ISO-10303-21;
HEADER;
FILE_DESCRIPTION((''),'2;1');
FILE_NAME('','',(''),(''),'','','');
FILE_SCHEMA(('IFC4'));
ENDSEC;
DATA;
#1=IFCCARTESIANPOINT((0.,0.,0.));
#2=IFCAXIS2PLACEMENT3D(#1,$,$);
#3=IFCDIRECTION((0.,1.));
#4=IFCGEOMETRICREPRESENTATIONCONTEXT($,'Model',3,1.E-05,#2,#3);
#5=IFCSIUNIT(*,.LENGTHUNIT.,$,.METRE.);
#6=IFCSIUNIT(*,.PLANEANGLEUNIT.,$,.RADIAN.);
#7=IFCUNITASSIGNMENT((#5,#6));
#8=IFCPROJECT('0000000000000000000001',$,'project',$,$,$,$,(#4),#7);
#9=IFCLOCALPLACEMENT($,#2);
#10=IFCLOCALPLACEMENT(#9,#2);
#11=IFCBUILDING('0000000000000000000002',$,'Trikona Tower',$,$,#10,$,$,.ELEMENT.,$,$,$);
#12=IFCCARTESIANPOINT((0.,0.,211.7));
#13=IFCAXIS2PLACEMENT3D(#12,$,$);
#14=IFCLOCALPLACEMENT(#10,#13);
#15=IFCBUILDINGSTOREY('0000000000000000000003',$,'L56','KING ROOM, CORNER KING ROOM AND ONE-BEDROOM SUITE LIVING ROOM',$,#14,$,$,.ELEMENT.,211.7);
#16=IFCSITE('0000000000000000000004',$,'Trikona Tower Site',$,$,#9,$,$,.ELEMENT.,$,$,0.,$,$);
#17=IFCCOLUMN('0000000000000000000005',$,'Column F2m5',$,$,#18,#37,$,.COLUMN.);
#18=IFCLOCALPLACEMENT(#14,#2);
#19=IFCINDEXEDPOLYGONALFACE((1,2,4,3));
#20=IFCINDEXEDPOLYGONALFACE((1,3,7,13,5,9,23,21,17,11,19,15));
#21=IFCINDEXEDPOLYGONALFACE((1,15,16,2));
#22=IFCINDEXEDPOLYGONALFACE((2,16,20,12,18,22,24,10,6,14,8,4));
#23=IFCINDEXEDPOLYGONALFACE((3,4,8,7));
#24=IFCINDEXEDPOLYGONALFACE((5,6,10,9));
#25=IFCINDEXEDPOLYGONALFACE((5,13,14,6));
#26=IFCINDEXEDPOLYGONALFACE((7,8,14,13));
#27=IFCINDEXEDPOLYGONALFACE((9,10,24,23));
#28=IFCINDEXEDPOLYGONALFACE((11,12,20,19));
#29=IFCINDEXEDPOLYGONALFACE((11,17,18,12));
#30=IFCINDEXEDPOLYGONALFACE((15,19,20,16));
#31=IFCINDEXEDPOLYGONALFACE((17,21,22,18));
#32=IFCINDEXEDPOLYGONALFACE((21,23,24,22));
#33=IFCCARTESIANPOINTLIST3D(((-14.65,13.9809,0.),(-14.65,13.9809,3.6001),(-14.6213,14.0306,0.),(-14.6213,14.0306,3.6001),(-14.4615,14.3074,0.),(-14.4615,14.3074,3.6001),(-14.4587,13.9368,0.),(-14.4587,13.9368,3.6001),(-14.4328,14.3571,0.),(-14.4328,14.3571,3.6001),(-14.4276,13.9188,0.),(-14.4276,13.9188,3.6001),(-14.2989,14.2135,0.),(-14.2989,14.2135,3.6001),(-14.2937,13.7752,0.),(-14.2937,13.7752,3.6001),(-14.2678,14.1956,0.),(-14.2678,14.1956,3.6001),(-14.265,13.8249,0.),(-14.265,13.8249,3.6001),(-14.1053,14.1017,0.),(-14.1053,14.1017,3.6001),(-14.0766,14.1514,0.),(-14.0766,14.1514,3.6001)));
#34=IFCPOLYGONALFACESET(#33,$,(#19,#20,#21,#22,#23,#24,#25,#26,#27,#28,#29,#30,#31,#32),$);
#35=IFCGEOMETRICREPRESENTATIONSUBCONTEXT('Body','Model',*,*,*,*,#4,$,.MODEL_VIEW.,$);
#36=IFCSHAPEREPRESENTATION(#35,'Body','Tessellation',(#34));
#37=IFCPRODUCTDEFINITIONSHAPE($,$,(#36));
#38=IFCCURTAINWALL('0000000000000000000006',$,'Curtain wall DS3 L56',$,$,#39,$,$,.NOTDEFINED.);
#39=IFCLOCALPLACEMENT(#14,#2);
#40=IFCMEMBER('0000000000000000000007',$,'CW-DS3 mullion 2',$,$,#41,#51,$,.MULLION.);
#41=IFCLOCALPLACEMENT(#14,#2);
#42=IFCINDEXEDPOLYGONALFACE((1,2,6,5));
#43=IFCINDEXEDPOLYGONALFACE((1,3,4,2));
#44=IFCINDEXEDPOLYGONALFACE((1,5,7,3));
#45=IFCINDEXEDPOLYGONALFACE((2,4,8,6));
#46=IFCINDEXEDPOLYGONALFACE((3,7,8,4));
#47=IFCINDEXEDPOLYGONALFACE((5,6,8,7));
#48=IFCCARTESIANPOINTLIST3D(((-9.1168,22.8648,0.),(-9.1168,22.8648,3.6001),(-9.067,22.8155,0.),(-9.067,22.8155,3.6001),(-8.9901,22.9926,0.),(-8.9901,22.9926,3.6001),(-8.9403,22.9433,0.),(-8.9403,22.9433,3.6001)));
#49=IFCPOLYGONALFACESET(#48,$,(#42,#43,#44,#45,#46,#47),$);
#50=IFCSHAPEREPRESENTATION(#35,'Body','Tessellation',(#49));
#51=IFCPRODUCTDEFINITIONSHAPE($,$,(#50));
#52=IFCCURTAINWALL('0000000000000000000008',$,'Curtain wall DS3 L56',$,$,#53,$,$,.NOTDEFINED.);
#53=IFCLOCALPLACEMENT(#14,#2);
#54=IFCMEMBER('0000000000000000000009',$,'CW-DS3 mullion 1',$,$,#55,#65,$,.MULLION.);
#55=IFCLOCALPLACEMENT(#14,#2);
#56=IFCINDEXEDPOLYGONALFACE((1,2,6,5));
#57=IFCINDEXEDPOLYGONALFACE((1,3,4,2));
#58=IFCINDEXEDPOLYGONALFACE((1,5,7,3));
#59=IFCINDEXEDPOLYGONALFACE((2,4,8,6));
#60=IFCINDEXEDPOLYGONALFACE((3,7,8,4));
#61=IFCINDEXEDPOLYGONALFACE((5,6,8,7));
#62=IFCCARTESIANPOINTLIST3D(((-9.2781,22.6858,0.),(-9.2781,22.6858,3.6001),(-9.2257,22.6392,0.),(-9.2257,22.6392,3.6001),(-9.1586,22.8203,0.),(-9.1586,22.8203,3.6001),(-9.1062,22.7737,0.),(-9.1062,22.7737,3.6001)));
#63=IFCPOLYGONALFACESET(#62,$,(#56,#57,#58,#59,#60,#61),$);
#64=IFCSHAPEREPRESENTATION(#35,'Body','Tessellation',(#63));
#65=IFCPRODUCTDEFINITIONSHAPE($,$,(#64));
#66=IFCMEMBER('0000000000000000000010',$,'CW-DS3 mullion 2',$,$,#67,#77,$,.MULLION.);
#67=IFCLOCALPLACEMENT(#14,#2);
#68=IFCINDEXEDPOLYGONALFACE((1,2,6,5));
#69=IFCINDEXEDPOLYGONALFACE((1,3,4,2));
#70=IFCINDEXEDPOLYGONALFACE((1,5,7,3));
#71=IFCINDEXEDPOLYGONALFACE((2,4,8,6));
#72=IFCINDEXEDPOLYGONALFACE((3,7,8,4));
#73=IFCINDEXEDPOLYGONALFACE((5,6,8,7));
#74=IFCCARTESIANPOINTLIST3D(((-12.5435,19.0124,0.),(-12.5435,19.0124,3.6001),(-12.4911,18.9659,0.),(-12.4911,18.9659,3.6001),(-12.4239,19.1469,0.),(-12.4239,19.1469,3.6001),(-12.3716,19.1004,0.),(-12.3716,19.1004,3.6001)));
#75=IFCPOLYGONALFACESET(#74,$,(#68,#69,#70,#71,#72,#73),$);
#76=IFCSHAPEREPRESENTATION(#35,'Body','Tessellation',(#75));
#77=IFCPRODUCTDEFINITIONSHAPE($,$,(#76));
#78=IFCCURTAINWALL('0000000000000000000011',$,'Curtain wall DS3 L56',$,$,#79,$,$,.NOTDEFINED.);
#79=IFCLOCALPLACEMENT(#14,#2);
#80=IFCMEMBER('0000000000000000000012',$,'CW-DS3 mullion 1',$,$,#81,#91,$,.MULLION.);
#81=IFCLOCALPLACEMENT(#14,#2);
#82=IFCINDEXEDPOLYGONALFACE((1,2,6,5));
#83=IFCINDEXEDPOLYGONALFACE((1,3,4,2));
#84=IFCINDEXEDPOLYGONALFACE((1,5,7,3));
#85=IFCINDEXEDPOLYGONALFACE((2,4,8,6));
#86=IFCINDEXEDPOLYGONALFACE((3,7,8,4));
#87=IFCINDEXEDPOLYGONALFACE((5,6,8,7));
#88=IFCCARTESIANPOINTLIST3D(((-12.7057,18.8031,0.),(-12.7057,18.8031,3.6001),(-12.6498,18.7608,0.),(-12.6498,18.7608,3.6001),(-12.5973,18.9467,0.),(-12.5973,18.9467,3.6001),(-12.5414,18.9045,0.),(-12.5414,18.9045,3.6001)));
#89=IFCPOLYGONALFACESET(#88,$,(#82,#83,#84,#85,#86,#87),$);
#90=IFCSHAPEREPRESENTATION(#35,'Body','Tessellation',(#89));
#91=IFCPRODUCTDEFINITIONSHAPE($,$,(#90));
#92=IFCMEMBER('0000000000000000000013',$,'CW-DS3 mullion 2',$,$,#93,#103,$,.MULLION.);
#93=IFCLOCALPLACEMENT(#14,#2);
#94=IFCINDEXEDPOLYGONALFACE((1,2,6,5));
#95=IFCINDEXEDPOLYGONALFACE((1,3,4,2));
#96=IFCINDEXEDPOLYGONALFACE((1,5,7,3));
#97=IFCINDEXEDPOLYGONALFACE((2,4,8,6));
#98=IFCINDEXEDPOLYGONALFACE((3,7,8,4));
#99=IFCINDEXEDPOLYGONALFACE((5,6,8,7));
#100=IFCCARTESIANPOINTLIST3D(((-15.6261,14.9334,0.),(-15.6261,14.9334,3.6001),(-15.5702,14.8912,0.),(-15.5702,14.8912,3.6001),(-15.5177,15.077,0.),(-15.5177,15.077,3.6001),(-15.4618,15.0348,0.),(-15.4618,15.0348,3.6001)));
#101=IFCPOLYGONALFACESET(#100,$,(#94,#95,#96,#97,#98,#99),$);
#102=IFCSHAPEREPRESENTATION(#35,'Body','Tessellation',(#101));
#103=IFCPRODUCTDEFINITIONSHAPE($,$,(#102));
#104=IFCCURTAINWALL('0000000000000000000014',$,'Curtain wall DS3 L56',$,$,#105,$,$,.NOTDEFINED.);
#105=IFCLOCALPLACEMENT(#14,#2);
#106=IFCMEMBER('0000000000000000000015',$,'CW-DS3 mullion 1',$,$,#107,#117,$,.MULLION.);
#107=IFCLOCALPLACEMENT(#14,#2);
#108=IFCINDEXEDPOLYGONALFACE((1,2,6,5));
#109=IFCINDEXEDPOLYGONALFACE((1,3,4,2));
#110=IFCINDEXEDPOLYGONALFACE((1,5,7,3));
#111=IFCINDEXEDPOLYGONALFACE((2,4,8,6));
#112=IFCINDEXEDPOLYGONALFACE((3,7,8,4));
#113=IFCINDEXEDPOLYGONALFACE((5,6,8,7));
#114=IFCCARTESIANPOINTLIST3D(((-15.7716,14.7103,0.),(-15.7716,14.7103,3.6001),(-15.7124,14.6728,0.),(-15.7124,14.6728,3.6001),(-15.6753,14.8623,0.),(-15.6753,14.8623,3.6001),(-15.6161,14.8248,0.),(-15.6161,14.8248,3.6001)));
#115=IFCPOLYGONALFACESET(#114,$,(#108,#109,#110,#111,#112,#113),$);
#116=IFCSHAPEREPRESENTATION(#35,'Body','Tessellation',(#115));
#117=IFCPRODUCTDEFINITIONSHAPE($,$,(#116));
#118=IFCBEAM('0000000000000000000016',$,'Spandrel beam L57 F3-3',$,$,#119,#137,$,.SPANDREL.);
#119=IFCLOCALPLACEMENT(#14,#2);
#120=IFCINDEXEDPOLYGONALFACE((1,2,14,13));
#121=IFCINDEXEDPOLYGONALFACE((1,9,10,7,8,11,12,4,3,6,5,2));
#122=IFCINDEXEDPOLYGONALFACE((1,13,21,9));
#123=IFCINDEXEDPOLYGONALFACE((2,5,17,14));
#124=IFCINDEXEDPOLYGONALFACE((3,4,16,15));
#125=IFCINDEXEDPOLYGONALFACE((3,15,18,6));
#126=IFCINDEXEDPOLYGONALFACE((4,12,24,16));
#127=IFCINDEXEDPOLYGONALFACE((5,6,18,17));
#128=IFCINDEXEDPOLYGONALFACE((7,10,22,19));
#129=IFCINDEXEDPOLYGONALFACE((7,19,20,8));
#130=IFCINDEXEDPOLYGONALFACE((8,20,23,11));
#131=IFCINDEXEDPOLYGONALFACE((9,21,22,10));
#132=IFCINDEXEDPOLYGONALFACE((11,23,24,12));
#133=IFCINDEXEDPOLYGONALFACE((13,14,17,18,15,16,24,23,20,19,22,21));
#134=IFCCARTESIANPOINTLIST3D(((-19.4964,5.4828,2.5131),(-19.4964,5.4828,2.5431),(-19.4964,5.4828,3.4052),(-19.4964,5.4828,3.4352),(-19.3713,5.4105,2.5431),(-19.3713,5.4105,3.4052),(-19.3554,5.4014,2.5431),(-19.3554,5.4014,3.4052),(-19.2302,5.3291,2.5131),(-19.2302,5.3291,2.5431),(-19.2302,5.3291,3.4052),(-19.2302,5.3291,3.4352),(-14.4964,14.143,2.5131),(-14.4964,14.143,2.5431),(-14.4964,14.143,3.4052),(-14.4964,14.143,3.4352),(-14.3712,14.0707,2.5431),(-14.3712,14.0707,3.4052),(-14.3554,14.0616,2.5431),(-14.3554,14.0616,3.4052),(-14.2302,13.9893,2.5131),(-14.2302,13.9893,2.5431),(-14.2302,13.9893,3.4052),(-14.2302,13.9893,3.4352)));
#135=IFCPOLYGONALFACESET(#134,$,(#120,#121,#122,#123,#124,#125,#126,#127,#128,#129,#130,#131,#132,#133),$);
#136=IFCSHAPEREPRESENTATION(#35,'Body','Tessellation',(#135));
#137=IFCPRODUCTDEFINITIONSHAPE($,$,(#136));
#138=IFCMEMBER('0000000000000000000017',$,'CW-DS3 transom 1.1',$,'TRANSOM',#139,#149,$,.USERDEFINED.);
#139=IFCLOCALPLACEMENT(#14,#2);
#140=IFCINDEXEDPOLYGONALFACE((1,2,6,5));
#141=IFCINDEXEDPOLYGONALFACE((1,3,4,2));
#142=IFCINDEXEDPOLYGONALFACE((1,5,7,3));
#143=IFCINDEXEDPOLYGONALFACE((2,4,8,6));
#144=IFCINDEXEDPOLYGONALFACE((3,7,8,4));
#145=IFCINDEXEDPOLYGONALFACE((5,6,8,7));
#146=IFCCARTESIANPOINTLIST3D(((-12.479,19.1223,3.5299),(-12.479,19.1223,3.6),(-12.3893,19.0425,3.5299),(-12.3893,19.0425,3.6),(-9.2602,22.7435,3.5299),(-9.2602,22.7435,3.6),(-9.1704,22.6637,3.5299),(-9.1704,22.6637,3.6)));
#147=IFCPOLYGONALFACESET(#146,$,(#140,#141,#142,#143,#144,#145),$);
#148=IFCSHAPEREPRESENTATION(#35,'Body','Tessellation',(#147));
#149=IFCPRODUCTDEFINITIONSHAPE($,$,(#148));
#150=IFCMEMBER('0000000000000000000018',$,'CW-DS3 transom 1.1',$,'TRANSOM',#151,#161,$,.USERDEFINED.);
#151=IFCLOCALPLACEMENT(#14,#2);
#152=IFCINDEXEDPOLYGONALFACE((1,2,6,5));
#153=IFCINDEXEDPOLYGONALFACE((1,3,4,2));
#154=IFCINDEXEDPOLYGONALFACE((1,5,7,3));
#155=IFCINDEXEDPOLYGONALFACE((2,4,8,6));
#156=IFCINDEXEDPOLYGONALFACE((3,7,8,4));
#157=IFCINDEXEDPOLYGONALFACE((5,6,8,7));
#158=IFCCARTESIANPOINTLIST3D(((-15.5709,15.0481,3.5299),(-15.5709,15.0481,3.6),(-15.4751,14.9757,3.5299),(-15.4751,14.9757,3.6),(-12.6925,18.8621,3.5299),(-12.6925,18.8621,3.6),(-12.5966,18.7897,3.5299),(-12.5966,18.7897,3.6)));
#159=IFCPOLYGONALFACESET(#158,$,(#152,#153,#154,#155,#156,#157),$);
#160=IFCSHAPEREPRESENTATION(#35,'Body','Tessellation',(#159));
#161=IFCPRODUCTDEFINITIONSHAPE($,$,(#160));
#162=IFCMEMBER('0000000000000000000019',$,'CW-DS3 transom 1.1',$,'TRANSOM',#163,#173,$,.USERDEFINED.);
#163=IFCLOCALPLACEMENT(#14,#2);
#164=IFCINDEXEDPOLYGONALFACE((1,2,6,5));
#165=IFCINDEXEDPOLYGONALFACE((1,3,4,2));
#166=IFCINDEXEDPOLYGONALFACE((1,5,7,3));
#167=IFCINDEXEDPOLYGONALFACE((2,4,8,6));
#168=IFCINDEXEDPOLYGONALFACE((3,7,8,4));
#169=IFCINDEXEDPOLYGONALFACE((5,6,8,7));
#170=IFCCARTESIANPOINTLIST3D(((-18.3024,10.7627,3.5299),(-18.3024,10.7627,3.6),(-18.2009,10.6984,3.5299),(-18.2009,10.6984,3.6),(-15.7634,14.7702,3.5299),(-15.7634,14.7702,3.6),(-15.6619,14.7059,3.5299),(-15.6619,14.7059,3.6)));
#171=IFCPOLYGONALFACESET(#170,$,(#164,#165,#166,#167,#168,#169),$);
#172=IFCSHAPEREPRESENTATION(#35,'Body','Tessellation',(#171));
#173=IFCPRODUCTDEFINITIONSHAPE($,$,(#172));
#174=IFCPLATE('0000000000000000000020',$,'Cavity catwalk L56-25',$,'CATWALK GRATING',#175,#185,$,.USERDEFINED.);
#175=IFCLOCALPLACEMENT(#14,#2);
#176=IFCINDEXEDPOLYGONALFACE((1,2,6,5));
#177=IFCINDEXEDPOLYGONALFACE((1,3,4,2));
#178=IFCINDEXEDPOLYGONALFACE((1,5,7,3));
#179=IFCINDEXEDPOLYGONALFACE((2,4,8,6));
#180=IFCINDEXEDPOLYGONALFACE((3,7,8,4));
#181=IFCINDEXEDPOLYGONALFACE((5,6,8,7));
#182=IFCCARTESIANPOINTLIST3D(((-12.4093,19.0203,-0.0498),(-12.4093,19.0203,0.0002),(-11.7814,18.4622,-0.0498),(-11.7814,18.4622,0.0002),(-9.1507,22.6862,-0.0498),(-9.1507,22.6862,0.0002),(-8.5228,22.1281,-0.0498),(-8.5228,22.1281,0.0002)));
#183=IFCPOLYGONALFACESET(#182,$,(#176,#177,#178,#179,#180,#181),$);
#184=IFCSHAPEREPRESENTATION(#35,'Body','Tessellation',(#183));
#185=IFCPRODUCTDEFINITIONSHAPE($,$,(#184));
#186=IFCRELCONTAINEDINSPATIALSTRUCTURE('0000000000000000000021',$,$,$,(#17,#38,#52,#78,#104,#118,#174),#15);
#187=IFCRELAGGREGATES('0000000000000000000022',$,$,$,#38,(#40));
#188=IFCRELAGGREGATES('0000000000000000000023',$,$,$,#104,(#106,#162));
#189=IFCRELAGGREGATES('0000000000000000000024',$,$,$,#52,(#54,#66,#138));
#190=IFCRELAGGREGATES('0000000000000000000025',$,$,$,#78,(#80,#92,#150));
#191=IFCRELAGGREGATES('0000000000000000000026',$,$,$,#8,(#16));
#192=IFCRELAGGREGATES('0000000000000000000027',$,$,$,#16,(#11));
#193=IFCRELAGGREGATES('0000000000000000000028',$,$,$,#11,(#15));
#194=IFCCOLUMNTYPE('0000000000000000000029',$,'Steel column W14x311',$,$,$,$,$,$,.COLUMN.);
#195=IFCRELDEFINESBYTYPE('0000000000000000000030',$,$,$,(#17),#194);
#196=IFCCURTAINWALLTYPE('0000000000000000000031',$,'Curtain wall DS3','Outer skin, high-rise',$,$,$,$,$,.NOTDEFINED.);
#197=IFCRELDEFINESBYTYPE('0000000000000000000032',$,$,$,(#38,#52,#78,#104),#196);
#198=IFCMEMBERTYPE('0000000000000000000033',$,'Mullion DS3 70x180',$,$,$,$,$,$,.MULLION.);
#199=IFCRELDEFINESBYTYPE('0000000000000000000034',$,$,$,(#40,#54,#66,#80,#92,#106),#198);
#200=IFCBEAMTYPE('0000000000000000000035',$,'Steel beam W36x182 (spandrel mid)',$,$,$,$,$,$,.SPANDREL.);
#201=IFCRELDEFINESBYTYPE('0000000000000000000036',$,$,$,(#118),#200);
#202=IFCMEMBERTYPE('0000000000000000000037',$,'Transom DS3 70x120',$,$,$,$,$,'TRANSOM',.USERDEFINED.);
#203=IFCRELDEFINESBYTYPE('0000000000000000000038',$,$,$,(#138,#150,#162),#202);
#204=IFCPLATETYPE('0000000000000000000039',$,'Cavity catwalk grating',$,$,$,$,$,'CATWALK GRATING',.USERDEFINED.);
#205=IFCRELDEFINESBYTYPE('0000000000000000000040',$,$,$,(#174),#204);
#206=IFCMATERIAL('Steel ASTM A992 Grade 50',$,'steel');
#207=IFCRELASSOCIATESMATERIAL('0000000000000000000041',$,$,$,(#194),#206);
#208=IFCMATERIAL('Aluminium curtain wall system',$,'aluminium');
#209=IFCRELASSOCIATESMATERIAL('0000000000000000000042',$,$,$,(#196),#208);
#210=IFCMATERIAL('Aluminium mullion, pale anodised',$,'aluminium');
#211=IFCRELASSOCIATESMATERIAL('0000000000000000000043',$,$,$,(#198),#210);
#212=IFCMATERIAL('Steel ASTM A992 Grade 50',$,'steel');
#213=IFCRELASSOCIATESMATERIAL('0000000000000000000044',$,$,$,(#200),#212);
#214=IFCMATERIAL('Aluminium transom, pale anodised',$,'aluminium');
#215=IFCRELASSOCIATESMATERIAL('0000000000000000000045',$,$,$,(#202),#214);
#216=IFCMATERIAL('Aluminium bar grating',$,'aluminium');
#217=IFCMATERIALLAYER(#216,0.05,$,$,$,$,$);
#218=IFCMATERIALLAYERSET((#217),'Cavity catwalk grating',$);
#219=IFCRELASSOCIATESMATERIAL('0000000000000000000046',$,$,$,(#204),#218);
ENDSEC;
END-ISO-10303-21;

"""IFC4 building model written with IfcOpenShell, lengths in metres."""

from ifc_helpers import new_model, si_unit, direction, frame, origin, origin_2d, place, context, subcontext, project, spatial, rectangle, i_section, extrude, material, layer, layer_set, material_profile, profile_set, type_object, element, aggregate, save


model = new_model("IFC4")

# Units and contexts
model_context = context("Model", 3, precision=1e-05, world=origin(), true_north=direction((0.0, 1.0)))
body_context = subcontext(model_context, "Body", "Model", "MODEL_VIEW")
ifc_project = project(units=[si_unit("LENGTHUNIT", "METRE"), si_unit("PLANEANGLEUNIT", "RADIAN")], contexts=[model_context])

# Site, building, storey
site_placement = place(None, origin())
site = spatial("IfcSite", under=ifc_project, at=site_placement, Name="Trikona Tower Site", CompositionType="ELEMENT", RefElevation=0.0)
building_placement = place(site_placement, origin())
building = spatial("IfcBuilding", under=site, at=building_placement, Name="Trikona Tower", CompositionType="ELEMENT")
storey_placement = place(building_placement, frame((0.0, 0.0, 211.7)))
storey = spatial("IfcBuildingStorey", under=building, at=storey_placement, Name="L56", Description="KING ROOM, CORNER KING ROOM AND ONE-BEDROOM SUITE LIVING ROOM", CompositionType="ELEMENT", Elevation=211.7)

# Column
ifc_material_1 = material(Name="Steel ASTM A992 Grade 50", Category="steel")
ifc_material_profile_1 = material_profile(ifc_material_1, i_section(OverallWidth=0.4114, OverallDepth=0.4343, WebThickness=0.0359, FlangeThickness=0.0574, at=origin_2d()), Name="W14X311")
ifc_profile_set_1 = profile_set([ifc_material_profile_1], Name="Steel ASTM A992 Grade 50")
column_type = type_object("IfcColumnType", Name="Steel column W14x311", PredefinedType="COLUMN", material=ifc_profile_set_1)
column_placement = place(storey_placement, frame((-14.3633, 14.0662, 0.0), z_axis=(0.0, 0.0, 1.0), x_axis=(-0.866025, 0.5, 0.0)))
element("IfcColumn", 1, at=column_placement, inside=storey, type_object=column_type, Name="Column F2m5", PredefinedType="COLUMN", context=body_context, shape_type="SweptSolid", body=[
    extrude(i_section(OverallWidth=0.4114, OverallDepth=0.4343, WebThickness=0.0359, FlangeThickness=0.0574, at=origin_2d()), origin(), (0.0, 0.0, 1.0), 3.6001),
])

# Curtain wall, member
ifc_material_2 = material(Name="Aluminium curtain wall system", Category="aluminium")
curtain_wall_type = type_object("IfcCurtainWallType", Name="Curtain wall DS3", Description="Outer skin, high-rise", PredefinedType="NOTDEFINED", material=ifc_material_2)
curtain_wall_1_placement = place(storey_placement, origin())
curtain_wall_1 = element("IfcCurtainWall", 2, at=curtain_wall_1_placement, inside=storey, type_object=curtain_wall_type, Name="Curtain wall DS3 L56", PredefinedType="NOTDEFINED")
ifc_material_3 = material(Name="Aluminium mullion, pale anodised", Category="aluminium")
ifc_material_profile_2 = material_profile(ifc_material_3, rectangle(XDim=0.0701, YDim=0.1799, at=origin_2d()), Name="MUL-DS3")
ifc_profile_set_2 = profile_set([ifc_material_profile_2], Name="Aluminium mullion, pale anodised")
member_type_1 = type_object("IfcMemberType", Name="Mullion DS3 70x180", PredefinedType="MULLION", material=ifc_profile_set_2)
member_1_placement = place(storey_placement, frame((-9.0286, 22.9041, 0.0), z_axis=(0.0, 0.0, 1.0), x_axis=(0.710052, -0.704149, 0.0)))
member_1 = element("IfcMember", 3, at=member_1_placement, type_object=member_type_1, Name="CW-DS3 mullion 2", PredefinedType="MULLION", context=body_context, shape_type="SweptSolid", body=[
    extrude(rectangle(XDim=0.0701, YDim=0.1799, at=origin_2d()), origin(), (0.0, 0.0, 1.0), 3.6001),
])
aggregate(curtain_wall_1, [member_1])

# Curtain walls, members
curtain_wall_2_placement = place(storey_placement, origin())
curtain_wall_2 = element("IfcCurtainWall", 4, at=curtain_wall_2_placement, inside=storey, type_object=curtain_wall_type, Name="Curtain wall DS3 L56", PredefinedType="NOTDEFINED")
member_2_placement = place(storey_placement, frame((-9.1921, 22.7297, 0.0), z_axis=(0.0, 0.0, 1.0), x_axis=(0.747403, -0.664371, 0.0)))
member_2 = element("IfcMember", 5, at=member_2_placement, type_object=member_type_1, Name="CW-DS3 mullion 1", PredefinedType="MULLION", context=body_context, shape_type="SweptSolid", body=[
    extrude(rectangle(XDim=0.0701, YDim=0.1799, at=origin_2d()), origin(), (0.0, 0.0, 1.0), 3.6001),
])
member_3_placement = place(storey_placement, frame((-12.4575, 19.0564, 0.0), z_axis=(0.0, 0.0, 1.0), x_axis=(0.747403, -0.664371, 0.0)))
member_3 = element("IfcMember", 6, at=member_3_placement, type_object=member_type_1, Name="CW-DS3 mullion 2", PredefinedType="MULLION", context=body_context, shape_type="SweptSolid", body=[
    extrude(rectangle(XDim=0.0701, YDim=0.1799, at=origin_2d()), origin(), (0.0, 0.0, 1.0), 3.6001),
])
curtain_wall_3_placement = place(storey_placement, origin())
curtain_wall_3 = element("IfcCurtainWall", 7, at=curtain_wall_3_placement, inside=storey, type_object=curtain_wall_type, Name="Curtain wall DS3 L56", PredefinedType="NOTDEFINED")
member_4_placement = place(storey_placement, frame((-12.6235, 18.8538, 0.0), z_axis=(0.0, 0.0, 1.0), x_axis=(0.798193, -0.602402, 0.0)))
member_4 = element("IfcMember", 8, at=member_4_placement, type_object=member_type_1, Name="CW-DS3 mullion 1", PredefinedType="MULLION", context=body_context, shape_type="SweptSolid", body=[
    extrude(rectangle(XDim=0.0701, YDim=0.1799, at=origin_2d()), origin(), (0.0, 0.0, 1.0), 3.6001),
])
member_5_placement = place(storey_placement, frame((-15.5439, 14.9841, 0.0), z_axis=(0.0, 0.0, 1.0), x_axis=(0.798193, -0.602402, 0.0)))
member_5 = element("IfcMember", 9, at=member_5_placement, type_object=member_type_1, Name="CW-DS3 mullion 2", PredefinedType="MULLION", context=body_context, shape_type="SweptSolid", body=[
    extrude(rectangle(XDim=0.0701, YDim=0.1799, at=origin_2d()), origin(), (0.0, 0.0, 1.0), 3.6001),
])

# Curtain wall, member
curtain_wall_4_placement = place(storey_placement, origin())
curtain_wall_4 = element("IfcCurtainWall", 10, at=curtain_wall_4_placement, inside=storey, type_object=curtain_wall_type, Name="Curtain wall DS3 L56", PredefinedType="NOTDEFINED")
member_6_placement = place(storey_placement, frame((-15.6938, 14.7676, 0.0), z_axis=(0.0, 0.0, 1.0), x_axis=(0.844727, -0.535197, 0.0)))
member_6 = element("IfcMember", 11, at=member_6_placement, type_object=member_type_1, Name="CW-DS3 mullion 1", PredefinedType="MULLION", context=body_context, shape_type="SweptSolid", body=[
    extrude(rectangle(XDim=0.0701, YDim=0.1799, at=origin_2d()), origin(), (0.0, 0.0, 1.0), 3.6001),
])

# Beam
ifc_material_4 = material(Name="Steel ASTM A992 Grade 50", Category="steel")
ifc_material_profile_3 = material_profile(ifc_material_4, i_section(OverallWidth=0.3074, OverallDepth=0.9221, WebThickness=0.0183, FlangeThickness=0.03, at=origin_2d()), Name="W36X182")
ifc_profile_set_3 = profile_set([ifc_material_profile_3], Name="Steel ASTM A992 Grade 50")
beam_type = type_object("IfcBeamType", Name="Steel beam W36x182 (spandrel mid)", PredefinedType="SPANDREL", material=ifc_profile_set_3)
beam_placement = place(storey_placement, frame((-14.3633, 14.0662, 2.9741), z_axis=(-0.500004, -0.866023, 0.0), x_axis=(0.866023, -0.500004, 0.0)))
element("IfcBeam", 12, at=beam_placement, inside=storey, type_object=beam_type, Name="Spandrel beam L57 F3-3", PredefinedType="SPANDREL", context=body_context, shape_type="SweptSolid", body=[
    extrude(i_section(OverallWidth=0.3074, OverallDepth=0.9221, WebThickness=0.0183, FlangeThickness=0.03, at=origin_2d()), origin(), (0.0, 0.0, 1.0), 10.0),
])

# Members
ifc_material_5 = material(Name="Aluminium transom, pale anodised", Category="aluminium")
ifc_material_profile_4 = material_profile(ifc_material_5, rectangle(XDim=0.1201, YDim=0.0701, at=origin_2d()), Name="TRN-DS3")
ifc_profile_set_4 = profile_set([ifc_material_profile_4], Name="Aluminium transom, pale anodised")
member_type_2 = type_object("IfcMemberType", Name="Transom DS3 70x120", ElementType="TRANSOM", PredefinedType="USERDEFINED", material=ifc_profile_set_4)
member_7_placement = place(storey_placement, frame((-9.2153, 22.7036, 3.5649), z_axis=(-0.664364, -0.747409, 0.0), x_axis=(0.747409, -0.664364, 0.0)))
member_7 = element("IfcMember", 13, at=member_7_placement, type_object=member_type_2, Name="CW-DS3 transom 1.1", ObjectType="TRANSOM", PredefinedType="USERDEFINED", context=body_context, shape_type="SweptSolid", body=[
    extrude(rectangle(XDim=0.1201, YDim=0.0701, at=origin_2d()), origin(), (0.0, 0.0, 1.0), 4.845),
])
member_8_placement = place(storey_placement, frame((-12.6445, 18.8259, 3.5649), z_axis=(-0.602401, -0.798194, 0.0), x_axis=(0.798194, -0.602401, 0.0)))
member_8 = element("IfcMember", 14, at=member_8_placement, type_object=member_type_2, Name="CW-DS3 transom 1.1", ObjectType="TRANSOM", PredefinedType="USERDEFINED", context=body_context, shape_type="SweptSolid", body=[
    extrude(rectangle(XDim=0.1201, YDim=0.0701, at=origin_2d()), origin(), (0.0, 0.0, 1.0), 4.7783),
])
member_9_placement = place(storey_placement, frame((-15.7126, 14.738, 3.5649), z_axis=(-0.535193, -0.84473, 0.0), x_axis=(0.84473, -0.535193, 0.0)))
member_9 = element("IfcMember", 15, at=member_9_placement, type_object=member_type_2, Name="CW-DS3 transom 1.1", ObjectType="TRANSOM", PredefinedType="USERDEFINED", context=body_context, shape_type="SweptSolid", body=[
    extrude(rectangle(XDim=0.1201, YDim=0.0701, at=origin_2d()), origin(), (0.0, 0.0, 1.0), 4.7441),
])
aggregate(curtain_wall_4, [member_6, member_9])

# Plate
ifc_material_6 = material(Name="Aluminium bar grating", Category="aluminium")
ifc_layer_1 = layer(ifc_material_6, 0.05)
ifc_layer_set_1 = layer_set([ifc_layer_1], Name="Cavity catwalk grating")
plate_type_1 = type_object("IfcPlateType", Name="Cavity catwalk grating", ElementType="CATWALK GRATING", PredefinedType="USERDEFINED", material=ifc_layer_set_1)
plate_1_placement = place(storey_placement, frame((-10.4661, 20.5742, -0.0498), z_axis=(0.0, 0.0, 1.0), x_axis=(-0.664367, -0.747406, 0.0)))
element("IfcPlate", 16, at=plate_1_placement, inside=storey, type_object=plate_type_1, Name="Cavity catwalk L56-25", ObjectType="CATWALK GRATING", PredefinedType="USERDEFINED", context=body_context, shape_type="SweptSolid", body=[
    extrude(rectangle(XDim=4.9048, YDim=0.8401, at=origin_2d()), origin(), (0.0, 0.0, 1.0), 0.05),
])

aggregate(curtain_wall_2, [member_2, member_3, member_7])
aggregate(curtain_wall_3, [member_4, member_5, member_8])

save(model, "model.ifc")
